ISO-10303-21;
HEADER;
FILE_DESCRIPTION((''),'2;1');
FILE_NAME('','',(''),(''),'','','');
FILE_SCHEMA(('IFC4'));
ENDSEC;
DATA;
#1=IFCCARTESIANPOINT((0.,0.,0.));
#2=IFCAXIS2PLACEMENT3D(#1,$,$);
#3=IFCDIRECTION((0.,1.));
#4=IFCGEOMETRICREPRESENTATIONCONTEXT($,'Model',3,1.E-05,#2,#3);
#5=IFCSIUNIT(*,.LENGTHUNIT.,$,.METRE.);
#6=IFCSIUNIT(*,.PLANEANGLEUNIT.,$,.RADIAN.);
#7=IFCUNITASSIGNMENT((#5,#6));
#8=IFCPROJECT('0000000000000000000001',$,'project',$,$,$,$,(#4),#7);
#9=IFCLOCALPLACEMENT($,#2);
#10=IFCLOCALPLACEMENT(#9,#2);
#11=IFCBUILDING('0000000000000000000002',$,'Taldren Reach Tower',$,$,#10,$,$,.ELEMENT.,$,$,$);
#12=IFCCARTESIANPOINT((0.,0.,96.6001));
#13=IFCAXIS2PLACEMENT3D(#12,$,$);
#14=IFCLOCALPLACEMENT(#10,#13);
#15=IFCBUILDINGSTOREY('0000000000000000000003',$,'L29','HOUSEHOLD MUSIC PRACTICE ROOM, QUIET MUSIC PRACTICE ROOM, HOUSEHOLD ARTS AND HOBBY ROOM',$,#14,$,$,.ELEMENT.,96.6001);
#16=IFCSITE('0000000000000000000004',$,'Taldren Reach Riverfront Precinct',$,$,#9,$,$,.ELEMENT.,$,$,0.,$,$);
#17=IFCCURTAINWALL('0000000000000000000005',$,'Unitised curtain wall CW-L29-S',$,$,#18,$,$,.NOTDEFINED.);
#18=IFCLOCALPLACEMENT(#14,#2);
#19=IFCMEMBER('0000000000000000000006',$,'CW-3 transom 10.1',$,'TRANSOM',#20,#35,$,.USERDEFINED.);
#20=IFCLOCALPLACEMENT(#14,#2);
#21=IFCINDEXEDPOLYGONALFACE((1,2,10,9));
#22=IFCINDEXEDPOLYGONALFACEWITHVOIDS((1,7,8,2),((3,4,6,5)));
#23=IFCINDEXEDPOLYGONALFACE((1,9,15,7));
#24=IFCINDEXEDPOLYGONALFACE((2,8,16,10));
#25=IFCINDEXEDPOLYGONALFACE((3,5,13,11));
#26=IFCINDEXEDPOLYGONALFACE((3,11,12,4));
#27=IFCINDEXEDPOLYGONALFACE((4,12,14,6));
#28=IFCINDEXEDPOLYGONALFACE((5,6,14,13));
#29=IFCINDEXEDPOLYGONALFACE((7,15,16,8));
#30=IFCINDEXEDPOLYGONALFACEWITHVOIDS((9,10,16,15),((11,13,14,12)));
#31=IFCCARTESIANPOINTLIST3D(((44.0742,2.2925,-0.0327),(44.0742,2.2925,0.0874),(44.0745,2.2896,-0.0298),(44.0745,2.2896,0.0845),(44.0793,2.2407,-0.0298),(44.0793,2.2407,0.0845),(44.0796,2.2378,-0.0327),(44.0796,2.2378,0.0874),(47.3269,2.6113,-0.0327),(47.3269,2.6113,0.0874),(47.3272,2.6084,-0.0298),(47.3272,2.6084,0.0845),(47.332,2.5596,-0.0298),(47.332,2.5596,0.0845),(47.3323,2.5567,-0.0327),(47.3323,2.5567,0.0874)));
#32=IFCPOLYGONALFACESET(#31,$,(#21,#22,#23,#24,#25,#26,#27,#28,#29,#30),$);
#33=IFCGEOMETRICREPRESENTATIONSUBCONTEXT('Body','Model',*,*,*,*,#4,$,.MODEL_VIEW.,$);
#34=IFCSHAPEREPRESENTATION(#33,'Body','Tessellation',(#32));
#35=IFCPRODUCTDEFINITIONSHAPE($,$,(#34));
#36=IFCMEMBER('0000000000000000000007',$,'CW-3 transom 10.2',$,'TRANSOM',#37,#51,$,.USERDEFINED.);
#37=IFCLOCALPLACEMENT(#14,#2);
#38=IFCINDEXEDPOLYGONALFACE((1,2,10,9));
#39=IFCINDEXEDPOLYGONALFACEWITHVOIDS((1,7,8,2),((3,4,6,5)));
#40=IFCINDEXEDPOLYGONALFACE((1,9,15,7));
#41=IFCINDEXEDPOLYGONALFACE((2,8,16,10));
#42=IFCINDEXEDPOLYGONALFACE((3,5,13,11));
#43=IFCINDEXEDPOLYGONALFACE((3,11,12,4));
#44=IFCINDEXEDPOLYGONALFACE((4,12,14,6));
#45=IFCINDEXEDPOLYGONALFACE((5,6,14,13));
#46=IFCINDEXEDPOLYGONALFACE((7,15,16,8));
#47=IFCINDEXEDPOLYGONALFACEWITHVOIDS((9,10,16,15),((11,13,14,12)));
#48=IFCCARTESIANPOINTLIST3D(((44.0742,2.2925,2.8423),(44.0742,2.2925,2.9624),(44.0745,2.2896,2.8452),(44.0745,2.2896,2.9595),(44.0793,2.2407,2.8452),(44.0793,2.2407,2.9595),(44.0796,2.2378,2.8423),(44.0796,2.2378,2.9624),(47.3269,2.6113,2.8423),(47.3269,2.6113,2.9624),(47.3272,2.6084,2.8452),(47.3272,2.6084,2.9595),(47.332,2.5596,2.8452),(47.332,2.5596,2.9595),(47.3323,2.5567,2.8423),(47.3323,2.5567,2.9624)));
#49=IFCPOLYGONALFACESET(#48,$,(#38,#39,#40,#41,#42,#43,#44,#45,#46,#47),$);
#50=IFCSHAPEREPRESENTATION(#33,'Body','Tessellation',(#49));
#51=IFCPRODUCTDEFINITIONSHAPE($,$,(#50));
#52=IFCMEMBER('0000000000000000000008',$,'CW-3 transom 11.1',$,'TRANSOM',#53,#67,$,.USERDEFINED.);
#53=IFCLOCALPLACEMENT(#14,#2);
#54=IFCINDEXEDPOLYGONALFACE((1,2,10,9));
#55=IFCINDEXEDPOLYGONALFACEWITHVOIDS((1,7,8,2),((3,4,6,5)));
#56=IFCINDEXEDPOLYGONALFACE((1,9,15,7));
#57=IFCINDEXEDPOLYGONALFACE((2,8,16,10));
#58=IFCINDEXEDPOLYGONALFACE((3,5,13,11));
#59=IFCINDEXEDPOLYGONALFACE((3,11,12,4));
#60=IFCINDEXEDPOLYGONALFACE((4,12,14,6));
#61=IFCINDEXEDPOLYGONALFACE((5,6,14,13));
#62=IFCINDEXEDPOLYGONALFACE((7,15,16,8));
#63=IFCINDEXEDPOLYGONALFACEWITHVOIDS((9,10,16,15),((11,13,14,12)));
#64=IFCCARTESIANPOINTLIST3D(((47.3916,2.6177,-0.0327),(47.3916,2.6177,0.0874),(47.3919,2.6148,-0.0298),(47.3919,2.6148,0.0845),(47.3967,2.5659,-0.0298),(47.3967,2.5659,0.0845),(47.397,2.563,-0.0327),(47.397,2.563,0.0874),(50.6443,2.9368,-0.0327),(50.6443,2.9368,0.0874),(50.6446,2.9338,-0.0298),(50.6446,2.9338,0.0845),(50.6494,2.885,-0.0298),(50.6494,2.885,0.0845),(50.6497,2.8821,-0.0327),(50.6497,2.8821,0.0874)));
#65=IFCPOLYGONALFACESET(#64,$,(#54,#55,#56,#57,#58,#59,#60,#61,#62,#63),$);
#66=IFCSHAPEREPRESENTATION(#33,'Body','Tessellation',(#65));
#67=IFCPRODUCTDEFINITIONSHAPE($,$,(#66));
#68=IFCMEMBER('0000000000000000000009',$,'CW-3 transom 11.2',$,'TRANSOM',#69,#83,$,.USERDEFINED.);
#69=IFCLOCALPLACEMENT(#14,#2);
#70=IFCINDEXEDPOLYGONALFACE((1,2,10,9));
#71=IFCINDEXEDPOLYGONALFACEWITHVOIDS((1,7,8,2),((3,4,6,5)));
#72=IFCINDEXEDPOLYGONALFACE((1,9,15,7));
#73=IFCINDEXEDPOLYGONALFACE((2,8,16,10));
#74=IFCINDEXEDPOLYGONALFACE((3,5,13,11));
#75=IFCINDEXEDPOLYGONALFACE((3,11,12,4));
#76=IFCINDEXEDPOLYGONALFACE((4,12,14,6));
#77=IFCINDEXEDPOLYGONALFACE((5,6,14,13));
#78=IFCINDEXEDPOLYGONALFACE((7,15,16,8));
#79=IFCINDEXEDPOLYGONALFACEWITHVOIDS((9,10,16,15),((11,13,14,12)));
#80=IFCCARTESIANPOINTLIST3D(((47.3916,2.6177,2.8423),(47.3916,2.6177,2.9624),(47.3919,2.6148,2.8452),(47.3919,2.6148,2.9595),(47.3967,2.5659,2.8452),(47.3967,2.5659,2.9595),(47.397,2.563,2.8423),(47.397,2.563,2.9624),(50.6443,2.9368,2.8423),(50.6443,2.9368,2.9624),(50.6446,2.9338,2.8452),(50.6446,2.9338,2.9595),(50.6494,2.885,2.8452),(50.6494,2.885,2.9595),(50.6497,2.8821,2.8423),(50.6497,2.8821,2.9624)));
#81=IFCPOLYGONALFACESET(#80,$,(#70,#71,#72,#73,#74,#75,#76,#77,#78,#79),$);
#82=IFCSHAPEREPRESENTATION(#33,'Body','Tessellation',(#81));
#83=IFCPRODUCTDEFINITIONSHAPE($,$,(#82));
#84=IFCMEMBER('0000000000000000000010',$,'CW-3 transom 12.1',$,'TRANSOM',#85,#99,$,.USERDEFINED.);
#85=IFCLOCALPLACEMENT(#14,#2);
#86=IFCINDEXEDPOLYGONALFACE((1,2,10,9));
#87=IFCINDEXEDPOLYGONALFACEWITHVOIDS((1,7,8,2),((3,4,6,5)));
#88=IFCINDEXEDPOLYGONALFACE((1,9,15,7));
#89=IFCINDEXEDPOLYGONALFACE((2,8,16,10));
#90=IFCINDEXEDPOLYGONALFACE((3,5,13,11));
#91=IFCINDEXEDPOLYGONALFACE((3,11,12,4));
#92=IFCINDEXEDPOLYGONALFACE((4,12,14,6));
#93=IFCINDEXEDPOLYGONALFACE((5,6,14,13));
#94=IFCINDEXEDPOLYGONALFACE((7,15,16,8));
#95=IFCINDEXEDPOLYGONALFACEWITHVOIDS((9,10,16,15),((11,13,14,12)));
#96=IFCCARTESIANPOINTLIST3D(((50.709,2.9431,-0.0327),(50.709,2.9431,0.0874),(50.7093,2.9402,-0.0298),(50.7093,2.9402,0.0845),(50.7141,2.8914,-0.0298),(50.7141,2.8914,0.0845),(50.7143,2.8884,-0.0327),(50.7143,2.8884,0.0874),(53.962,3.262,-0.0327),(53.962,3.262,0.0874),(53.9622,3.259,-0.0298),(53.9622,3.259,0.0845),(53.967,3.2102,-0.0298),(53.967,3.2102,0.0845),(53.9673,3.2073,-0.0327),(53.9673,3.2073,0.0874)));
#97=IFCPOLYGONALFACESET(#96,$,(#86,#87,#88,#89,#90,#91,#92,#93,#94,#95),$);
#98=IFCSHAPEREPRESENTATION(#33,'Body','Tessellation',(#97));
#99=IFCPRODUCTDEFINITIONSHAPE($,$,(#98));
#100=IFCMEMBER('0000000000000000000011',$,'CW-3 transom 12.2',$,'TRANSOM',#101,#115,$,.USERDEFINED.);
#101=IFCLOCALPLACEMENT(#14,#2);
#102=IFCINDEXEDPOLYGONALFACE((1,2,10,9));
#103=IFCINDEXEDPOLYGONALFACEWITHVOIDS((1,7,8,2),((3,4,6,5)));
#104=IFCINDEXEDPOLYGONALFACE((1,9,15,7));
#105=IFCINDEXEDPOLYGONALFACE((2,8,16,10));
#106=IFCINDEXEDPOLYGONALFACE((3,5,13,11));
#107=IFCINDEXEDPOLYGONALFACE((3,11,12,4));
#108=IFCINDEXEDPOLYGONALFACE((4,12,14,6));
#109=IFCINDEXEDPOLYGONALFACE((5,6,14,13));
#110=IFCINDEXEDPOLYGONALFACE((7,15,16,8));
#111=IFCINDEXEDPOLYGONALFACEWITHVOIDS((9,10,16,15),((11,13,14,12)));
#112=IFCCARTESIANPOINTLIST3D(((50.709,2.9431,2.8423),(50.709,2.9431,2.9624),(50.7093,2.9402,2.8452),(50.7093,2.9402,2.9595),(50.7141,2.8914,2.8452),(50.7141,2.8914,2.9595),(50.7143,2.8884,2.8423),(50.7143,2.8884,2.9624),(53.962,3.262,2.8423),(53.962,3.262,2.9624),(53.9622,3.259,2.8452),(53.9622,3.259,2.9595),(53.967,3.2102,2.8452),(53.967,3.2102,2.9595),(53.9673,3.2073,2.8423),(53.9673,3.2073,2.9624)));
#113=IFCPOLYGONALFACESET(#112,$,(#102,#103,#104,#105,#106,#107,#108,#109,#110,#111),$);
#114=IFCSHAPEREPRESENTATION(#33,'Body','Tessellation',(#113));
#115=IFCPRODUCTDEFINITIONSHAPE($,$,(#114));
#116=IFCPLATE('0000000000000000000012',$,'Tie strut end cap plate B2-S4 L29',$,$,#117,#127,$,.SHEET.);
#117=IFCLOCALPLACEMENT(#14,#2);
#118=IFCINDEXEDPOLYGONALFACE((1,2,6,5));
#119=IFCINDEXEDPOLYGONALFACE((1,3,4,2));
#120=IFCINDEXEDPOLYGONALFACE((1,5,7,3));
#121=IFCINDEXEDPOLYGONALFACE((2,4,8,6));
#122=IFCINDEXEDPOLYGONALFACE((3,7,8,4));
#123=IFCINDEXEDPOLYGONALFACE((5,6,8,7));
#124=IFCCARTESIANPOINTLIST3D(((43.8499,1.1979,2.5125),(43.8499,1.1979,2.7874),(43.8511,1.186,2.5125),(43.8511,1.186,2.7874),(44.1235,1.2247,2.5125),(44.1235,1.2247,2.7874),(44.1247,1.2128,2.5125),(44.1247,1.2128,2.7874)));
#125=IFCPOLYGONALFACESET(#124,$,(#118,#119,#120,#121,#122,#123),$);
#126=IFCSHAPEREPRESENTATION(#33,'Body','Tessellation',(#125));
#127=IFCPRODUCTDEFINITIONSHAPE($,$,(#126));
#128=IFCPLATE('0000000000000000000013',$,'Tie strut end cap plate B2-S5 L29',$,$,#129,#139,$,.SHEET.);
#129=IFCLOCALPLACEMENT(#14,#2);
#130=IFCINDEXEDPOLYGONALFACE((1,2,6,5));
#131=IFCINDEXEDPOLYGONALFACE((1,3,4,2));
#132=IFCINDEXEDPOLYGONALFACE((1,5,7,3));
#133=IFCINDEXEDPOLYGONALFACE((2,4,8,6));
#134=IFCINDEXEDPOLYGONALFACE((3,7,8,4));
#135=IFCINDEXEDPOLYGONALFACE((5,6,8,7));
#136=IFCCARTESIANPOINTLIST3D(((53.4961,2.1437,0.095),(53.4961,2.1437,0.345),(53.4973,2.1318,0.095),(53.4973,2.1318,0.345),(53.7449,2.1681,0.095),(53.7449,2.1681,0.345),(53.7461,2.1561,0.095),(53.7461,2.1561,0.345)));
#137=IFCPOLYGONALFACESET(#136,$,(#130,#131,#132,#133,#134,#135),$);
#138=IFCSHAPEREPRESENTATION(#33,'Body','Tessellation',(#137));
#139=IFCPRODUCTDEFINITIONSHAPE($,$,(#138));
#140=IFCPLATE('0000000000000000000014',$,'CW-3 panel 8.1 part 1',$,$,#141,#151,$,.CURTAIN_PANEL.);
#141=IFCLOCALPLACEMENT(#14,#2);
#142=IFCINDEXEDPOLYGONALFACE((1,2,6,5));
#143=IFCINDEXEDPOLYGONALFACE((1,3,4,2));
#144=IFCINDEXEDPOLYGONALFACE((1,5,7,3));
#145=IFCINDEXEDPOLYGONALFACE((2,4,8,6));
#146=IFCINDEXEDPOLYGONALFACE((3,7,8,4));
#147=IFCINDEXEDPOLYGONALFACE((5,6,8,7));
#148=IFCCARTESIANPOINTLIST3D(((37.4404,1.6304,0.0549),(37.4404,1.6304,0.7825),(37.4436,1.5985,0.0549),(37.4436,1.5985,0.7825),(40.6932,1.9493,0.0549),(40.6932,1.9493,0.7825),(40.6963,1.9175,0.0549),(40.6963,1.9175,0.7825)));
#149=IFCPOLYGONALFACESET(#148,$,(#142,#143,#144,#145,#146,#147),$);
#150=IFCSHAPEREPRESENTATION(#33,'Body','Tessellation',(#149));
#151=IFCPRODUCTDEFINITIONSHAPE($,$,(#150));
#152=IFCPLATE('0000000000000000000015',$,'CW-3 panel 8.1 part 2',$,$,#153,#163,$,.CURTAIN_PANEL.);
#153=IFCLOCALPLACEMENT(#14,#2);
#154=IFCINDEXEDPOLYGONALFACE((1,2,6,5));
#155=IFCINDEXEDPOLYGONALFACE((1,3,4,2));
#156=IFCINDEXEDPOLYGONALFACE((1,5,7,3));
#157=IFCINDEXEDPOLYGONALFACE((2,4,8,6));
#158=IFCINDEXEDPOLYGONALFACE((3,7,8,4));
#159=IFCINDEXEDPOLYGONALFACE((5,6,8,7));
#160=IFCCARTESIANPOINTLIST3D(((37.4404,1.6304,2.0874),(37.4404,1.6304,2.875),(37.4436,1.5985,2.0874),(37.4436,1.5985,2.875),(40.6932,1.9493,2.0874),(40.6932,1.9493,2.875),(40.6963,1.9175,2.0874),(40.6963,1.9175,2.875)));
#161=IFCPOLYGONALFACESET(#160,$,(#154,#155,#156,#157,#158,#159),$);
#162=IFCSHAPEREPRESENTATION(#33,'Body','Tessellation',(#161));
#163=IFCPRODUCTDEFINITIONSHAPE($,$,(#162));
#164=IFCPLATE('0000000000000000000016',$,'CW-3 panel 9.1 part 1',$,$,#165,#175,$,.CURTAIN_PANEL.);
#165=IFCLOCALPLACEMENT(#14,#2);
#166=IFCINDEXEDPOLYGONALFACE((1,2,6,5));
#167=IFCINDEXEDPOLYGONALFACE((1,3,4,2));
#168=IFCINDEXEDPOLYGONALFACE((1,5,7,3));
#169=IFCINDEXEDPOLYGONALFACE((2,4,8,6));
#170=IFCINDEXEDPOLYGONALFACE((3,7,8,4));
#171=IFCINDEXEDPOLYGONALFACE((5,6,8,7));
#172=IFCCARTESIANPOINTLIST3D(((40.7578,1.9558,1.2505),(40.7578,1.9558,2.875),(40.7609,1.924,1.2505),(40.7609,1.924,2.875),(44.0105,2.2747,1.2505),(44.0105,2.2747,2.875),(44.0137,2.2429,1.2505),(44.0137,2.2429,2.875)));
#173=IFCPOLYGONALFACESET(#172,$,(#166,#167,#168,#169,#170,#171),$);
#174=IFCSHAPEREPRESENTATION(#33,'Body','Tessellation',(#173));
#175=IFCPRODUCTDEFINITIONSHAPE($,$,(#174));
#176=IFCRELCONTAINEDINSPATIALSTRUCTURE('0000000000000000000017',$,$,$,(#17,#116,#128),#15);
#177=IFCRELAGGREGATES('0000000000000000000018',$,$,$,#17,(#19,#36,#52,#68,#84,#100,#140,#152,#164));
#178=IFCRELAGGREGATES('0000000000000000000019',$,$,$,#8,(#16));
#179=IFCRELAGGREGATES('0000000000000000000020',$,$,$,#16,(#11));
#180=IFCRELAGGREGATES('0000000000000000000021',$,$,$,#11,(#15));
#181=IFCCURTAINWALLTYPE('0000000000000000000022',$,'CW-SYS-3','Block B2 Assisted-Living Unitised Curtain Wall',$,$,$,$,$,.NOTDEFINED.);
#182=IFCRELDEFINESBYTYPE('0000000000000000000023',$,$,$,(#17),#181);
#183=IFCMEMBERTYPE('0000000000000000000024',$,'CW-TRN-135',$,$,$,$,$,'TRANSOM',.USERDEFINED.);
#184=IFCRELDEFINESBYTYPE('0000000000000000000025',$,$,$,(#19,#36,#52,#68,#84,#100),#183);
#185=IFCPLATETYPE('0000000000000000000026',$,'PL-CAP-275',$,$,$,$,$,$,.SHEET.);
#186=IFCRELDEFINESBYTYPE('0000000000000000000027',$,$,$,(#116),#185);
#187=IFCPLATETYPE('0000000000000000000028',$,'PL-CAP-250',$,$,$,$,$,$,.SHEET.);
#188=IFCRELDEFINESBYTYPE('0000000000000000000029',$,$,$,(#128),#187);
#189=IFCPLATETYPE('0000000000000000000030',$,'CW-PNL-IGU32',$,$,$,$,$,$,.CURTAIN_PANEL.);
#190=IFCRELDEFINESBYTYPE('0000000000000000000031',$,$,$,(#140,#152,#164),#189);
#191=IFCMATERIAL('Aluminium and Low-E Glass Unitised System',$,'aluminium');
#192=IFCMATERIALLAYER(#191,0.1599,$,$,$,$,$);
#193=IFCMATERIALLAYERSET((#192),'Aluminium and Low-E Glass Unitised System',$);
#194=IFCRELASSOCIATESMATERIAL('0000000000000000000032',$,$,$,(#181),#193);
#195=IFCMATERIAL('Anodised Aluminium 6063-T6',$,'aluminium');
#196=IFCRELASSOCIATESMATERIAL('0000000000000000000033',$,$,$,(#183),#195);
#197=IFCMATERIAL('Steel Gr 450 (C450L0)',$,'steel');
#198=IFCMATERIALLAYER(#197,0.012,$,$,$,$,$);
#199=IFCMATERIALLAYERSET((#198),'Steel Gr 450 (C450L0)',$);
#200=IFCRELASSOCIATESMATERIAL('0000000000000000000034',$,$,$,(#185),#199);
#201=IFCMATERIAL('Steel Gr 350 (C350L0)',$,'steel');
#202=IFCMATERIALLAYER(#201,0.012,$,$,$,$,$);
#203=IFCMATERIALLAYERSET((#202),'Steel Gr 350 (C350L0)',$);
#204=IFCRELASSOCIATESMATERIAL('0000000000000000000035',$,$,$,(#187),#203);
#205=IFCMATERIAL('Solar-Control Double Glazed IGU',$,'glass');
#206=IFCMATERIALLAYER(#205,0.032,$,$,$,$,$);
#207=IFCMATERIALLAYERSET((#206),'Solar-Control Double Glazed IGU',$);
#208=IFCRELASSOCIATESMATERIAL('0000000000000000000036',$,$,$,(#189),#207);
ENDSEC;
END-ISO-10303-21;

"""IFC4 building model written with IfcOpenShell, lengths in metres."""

from ifc_helpers import new_model, si_unit, direction, frame, origin, origin_2d, place, context, subcontext, project, spatial, rectangle, hollow_rectangle, extrude, source, transform, mapped, material, layer, layer_set, material_profile, profile_set, type_object, element, aggregate, save


model = new_model("IFC4")

# Units and contexts
model_context = context("Model", 3, precision=1e-05, world=origin(), true_north=direction((0.0, 1.0)))
body_context = subcontext(model_context, "Body", "Model", "MODEL_VIEW")
ifc_project = project(units=[si_unit("LENGTHUNIT", "METRE"), si_unit("PLANEANGLEUNIT", "RADIAN")], contexts=[model_context])

# Site, building, storey
site_placement = place(None, origin())
site = spatial("IfcSite", under=ifc_project, at=site_placement, Name="Taldren Reach Riverfront Precinct", CompositionType="ELEMENT", RefElevation=0.0)
building_placement = place(site_placement, origin())
building = spatial("IfcBuilding", under=site, at=building_placement, Name="Taldren Reach Tower", CompositionType="ELEMENT")
storey_placement = place(building_placement, frame((0.0, 0.0, 96.6001)))
storey = spatial("IfcBuildingStorey", under=building, at=storey_placement, Name="L29", Description="HOUSEHOLD MUSIC PRACTICE ROOM, QUIET MUSIC PRACTICE ROOM, HOUSEHOLD ARTS AND HOBBY ROOM", CompositionType="ELEMENT", Elevation=96.6001)

# Shared definitions
ifc_material_1 = material(Name="Steel Gr 450 (C450L0)", Category="steel")
ifc_material_2 = material(Name="Steel Gr 350 (C350L0)", Category="steel")

# Curtain wall, members
ifc_material_3 = material(Name="Aluminium and Low-E Glass Unitised System", Category="aluminium")
ifc_layer_1 = layer(ifc_material_3, 0.1599)
ifc_layer_set_1 = layer_set([ifc_layer_1], Name="Aluminium and Low-E Glass Unitised System")
curtain_wall_type = type_object("IfcCurtainWallType", Name="CW-SYS-3", Description="Block B2 Assisted-Living Unitised Curtain Wall", PredefinedType="NOTDEFINED", material=ifc_layer_set_1)
curtain_wall_placement = place(storey_placement, origin())
curtain_wall = element("IfcCurtainWall", 1, at=curtain_wall_placement, inside=storey, type_object=curtain_wall_type, Name="Unitised curtain wall CW-L29-S", PredefinedType="NOTDEFINED")
ifc_material_4 = material(Name="Anodised Aluminium 6063-T6", Category="aluminium")
ifc_material_profile_1 = material_profile(ifc_material_4, hollow_rectangle(XDim=0.0549, YDim=0.1201, WallThickness=0.0029, at=origin_2d()), Name="ALU-120x55x3RHS")
ifc_profile_set_1 = profile_set([ifc_material_profile_1], Name="Anodised Aluminium 6063-T6")
member_type_1 = type_object("IfcMemberType", Name="CW-TRN-135", ElementType="TRANSOM", PredefinedType="USERDEFINED", material=ifc_profile_set_1)
shared_shape_1 = source(origin(), body_context, "Body", "SweptSolid", [
    extrude(hollow_rectangle(XDim=0.0549, YDim=0.1201, WallThickness=0.0029, at=origin_2d()), origin(), (0.0, 0.0, 1.0), 3.2683),
])
member_1_placement = place(storey_placement, frame((44.0769, 2.2651, 0.0273), z_axis=(0.99523, 0.097558, 0.0), x_axis=(-0.097558, 0.99523, 0.0)))
member_1 = element("IfcMember", 2, at=member_1_placement, type_object=member_type_1, Name="CW-3 transom 10.1", ObjectType="TRANSOM", PredefinedType="USERDEFINED", context=body_context, shape_type="MappedRepresentation", body=[
    mapped(shared_shape_1, transform((0.0, 0.0, 0.0), scale=1.0)),
])
member_2_placement = place(storey_placement, frame((44.0769, 2.2651, 2.9023), z_axis=(0.99523, 0.097558, 0.0), x_axis=(-0.097558, 0.99523, 0.0)))
member_2 = element("IfcMember", 3, at=member_2_placement, type_object=member_type_1, Name="CW-3 transom 10.2", ObjectType="TRANSOM", PredefinedType="USERDEFINED", context=body_context, shape_type="MappedRepresentation", body=[
    mapped(shared_shape_1, transform((0.0, 0.0, 0.0), scale=1.0)),
])
member_3_placement = place(storey_placement, frame((47.3943, 2.5903, 0.0273), z_axis=(0.995223, 0.097632, 0.0), x_axis=(-0.097632, 0.995223, 0.0)))
member_3 = element("IfcMember", 4, at=member_3_placement, type_object=member_type_1, Name="CW-3 transom 11.1", ObjectType="TRANSOM", PredefinedType="USERDEFINED", context=body_context, shape_type="MappedRepresentation", body=[
    mapped(shared_shape_1, transform((0.0, 0.0, 0.0), scale=1.0)),
])
member_4_placement = place(storey_placement, frame((47.3943, 2.5903, 2.9023), z_axis=(0.995223, 0.097632, 0.0), x_axis=(-0.097632, 0.995223, 0.0)))
member_4 = element("IfcMember", 5, at=member_4_placement, type_object=member_type_1, Name="CW-3 transom 11.2", ObjectType="TRANSOM", PredefinedType="USERDEFINED", context=body_context, shape_type="MappedRepresentation", body=[
    mapped(shared_shape_1, transform((0.0, 0.0, 0.0), scale=1.0)),
])
shared_shape_2 = source(origin(), body_context, "Body", "SweptSolid", [
    extrude(hollow_rectangle(XDim=0.0549, YDim=0.1201, WallThickness=0.0029, at=origin_2d()), origin(), (0.0, 0.0, 1.0), 3.2686),
])
member_5_placement = place(storey_placement, frame((50.7117, 2.9158, 0.0273), z_axis=(0.995231, 0.097551, 0.0), x_axis=(-0.097551, 0.995231, 0.0)))
member_5 = element("IfcMember", 6, at=member_5_placement, type_object=member_type_1, Name="CW-3 transom 12.1", ObjectType="TRANSOM", PredefinedType="USERDEFINED", context=body_context, shape_type="MappedRepresentation", body=[
    mapped(shared_shape_2, transform((0.0, 0.0, 0.0), scale=1.0)),
])
member_6_placement = place(storey_placement, frame((50.7117, 2.9158, 2.9023), z_axis=(0.995231, 0.097551, 0.0), x_axis=(-0.097551, 0.995231, 0.0)))
member_6 = element("IfcMember", 7, at=member_6_placement, type_object=member_type_1, Name="CW-3 transom 12.2", ObjectType="TRANSOM", PredefinedType="USERDEFINED", context=body_context, shape_type="MappedRepresentation", body=[
    mapped(shared_shape_2, transform((0.0, 0.0, 0.0), scale=1.0)),
])

# Plates
ifc_layer_2 = layer(ifc_material_1, 0.012)
ifc_layer_set_2 = layer_set([ifc_layer_2], Name="Steel Gr 450 (C450L0)")
plate_type_1 = type_object("IfcPlateType", Name="PL-CAP-275", PredefinedType="SHEET", material=ifc_layer_set_2)
shared_shape_3 = source(origin(), body_context, "Body", "SweptSolid", [
    extrude(rectangle(XDim=0.2749, YDim=0.012, at=origin_2d()), origin(), (0.0, 0.0, 1.0), 0.2749),
])
plate_1_placement = place(storey_placement, frame((43.9873, 1.2053, 2.5125), z_axis=(0.0, 0.0, 1.0), x_axis=(0.995227, 0.097583, 0.0)))
element("IfcPlate", 8, at=plate_1_placement, inside=storey, type_object=plate_type_1, Name="Tie strut end cap plate B2-S4 L29", PredefinedType="SHEET", context=body_context, shape_type="MappedRepresentation", body=[
    mapped(shared_shape_3, transform((0.0, 0.0, 0.0), scale=1.0)),
])
ifc_layer_3 = layer(ifc_material_2, 0.012)
ifc_layer_set_3 = layer_set([ifc_layer_3], Name="Steel Gr 350 (C350L0)")
plate_type_2 = type_object("IfcPlateType", Name="PL-CAP-250", PredefinedType="SHEET", material=ifc_layer_set_3)
shared_shape_4 = source(origin(), body_context, "Body", "SweptSolid", [
    extrude(rectangle(XDim=0.25, YDim=0.012, at=origin_2d()), origin(), (0.0, 0.0, 1.0), 0.25),
])
plate_2_placement = place(storey_placement, frame((53.6211, 2.1499, 0.095), z_axis=(0.0, 0.0, 1.0), x_axis=(0.995227, 0.097583, 0.0)))
element("IfcPlate", 9, at=plate_2_placement, inside=storey, type_object=plate_type_2, Name="Tie strut end cap plate B2-S5 L29", PredefinedType="SHEET", context=body_context, shape_type="MappedRepresentation", body=[
    mapped(shared_shape_4, transform((0.0, 0.0, 0.0), scale=1.0)),
])

# Plates
ifc_material_5 = material(Name="Solar-Control Double Glazed IGU", Category="glass")
ifc_layer_4 = layer(ifc_material_5, 0.032)
ifc_layer_set_4 = layer_set([ifc_layer_4], Name="Solar-Control Double Glazed IGU")
plate_type_3 = type_object("IfcPlateType", Name="CW-PNL-IGU32", PredefinedType="CURTAIN_PANEL", material=ifc_layer_set_4)
shared_shape_5 = source(origin(), body_context, "Body", "SweptSolid", [
    extrude(rectangle(XDim=3.2683, YDim=0.032, at=origin_2d()), origin(), (0.0, 0.0, 1.0), 0.7275),
])
plate_3_placement = place(storey_placement, frame((39.0684, 1.7739, 0.0549), z_axis=(0.0, 0.0, 1.0), x_axis=(0.995227, 0.097583, 0.0)))
plate_3 = element("IfcPlate", 10, at=plate_3_placement, type_object=plate_type_3, Name="CW-3 panel 8.1 part 1", PredefinedType="CURTAIN_PANEL", context=body_context, shape_type="MappedRepresentation", body=[
    mapped(shared_shape_5, transform((0.0, 0.0, 0.0), scale=1.0)),
])
shared_shape_6 = source(origin(), body_context, "Body", "SweptSolid", [
    extrude(rectangle(XDim=3.2683, YDim=0.032, at=origin_2d()), origin(), (0.0, 0.0, 1.0), 0.7876),
])
plate_4_placement = place(storey_placement, frame((39.0684, 1.7739, 2.0874), z_axis=(0.0, 0.0, 1.0), x_axis=(0.995227, 0.097583, 0.0)))
plate_4 = element("IfcPlate", 11, at=plate_4_placement, type_object=plate_type_3, Name="CW-3 panel 8.1 part 2", PredefinedType="CURTAIN_PANEL", context=body_context, shape_type="MappedRepresentation", body=[
    mapped(shared_shape_6, transform((0.0, 0.0, 0.0), scale=1.0)),
])
shared_shape_7 = source(origin(), body_context, "Body", "SweptSolid", [
    extrude(rectangle(XDim=3.2683, YDim=0.032, at=origin_2d()), origin(), (0.0, 0.0, 1.0), 1.6245),
])
plate_5_placement = place(storey_placement, frame((42.3857, 2.0994, 1.2505), z_axis=(0.0, 0.0, 1.0), x_axis=(0.995227, 0.097583, 0.0)))
plate_5 = element("IfcPlate", 12, at=plate_5_placement, type_object=plate_type_3, Name="CW-3 panel 9.1 part 1", PredefinedType="CURTAIN_PANEL", context=body_context, shape_type="MappedRepresentation", body=[
    mapped(shared_shape_7, transform((0.0, 0.0, 0.0), scale=1.0)),
])
aggregate(curtain_wall, [member_1, member_2, member_3, member_4, member_5, member_6, plate_3, plate_4, plate_5])

save(model, "model.ifc")
